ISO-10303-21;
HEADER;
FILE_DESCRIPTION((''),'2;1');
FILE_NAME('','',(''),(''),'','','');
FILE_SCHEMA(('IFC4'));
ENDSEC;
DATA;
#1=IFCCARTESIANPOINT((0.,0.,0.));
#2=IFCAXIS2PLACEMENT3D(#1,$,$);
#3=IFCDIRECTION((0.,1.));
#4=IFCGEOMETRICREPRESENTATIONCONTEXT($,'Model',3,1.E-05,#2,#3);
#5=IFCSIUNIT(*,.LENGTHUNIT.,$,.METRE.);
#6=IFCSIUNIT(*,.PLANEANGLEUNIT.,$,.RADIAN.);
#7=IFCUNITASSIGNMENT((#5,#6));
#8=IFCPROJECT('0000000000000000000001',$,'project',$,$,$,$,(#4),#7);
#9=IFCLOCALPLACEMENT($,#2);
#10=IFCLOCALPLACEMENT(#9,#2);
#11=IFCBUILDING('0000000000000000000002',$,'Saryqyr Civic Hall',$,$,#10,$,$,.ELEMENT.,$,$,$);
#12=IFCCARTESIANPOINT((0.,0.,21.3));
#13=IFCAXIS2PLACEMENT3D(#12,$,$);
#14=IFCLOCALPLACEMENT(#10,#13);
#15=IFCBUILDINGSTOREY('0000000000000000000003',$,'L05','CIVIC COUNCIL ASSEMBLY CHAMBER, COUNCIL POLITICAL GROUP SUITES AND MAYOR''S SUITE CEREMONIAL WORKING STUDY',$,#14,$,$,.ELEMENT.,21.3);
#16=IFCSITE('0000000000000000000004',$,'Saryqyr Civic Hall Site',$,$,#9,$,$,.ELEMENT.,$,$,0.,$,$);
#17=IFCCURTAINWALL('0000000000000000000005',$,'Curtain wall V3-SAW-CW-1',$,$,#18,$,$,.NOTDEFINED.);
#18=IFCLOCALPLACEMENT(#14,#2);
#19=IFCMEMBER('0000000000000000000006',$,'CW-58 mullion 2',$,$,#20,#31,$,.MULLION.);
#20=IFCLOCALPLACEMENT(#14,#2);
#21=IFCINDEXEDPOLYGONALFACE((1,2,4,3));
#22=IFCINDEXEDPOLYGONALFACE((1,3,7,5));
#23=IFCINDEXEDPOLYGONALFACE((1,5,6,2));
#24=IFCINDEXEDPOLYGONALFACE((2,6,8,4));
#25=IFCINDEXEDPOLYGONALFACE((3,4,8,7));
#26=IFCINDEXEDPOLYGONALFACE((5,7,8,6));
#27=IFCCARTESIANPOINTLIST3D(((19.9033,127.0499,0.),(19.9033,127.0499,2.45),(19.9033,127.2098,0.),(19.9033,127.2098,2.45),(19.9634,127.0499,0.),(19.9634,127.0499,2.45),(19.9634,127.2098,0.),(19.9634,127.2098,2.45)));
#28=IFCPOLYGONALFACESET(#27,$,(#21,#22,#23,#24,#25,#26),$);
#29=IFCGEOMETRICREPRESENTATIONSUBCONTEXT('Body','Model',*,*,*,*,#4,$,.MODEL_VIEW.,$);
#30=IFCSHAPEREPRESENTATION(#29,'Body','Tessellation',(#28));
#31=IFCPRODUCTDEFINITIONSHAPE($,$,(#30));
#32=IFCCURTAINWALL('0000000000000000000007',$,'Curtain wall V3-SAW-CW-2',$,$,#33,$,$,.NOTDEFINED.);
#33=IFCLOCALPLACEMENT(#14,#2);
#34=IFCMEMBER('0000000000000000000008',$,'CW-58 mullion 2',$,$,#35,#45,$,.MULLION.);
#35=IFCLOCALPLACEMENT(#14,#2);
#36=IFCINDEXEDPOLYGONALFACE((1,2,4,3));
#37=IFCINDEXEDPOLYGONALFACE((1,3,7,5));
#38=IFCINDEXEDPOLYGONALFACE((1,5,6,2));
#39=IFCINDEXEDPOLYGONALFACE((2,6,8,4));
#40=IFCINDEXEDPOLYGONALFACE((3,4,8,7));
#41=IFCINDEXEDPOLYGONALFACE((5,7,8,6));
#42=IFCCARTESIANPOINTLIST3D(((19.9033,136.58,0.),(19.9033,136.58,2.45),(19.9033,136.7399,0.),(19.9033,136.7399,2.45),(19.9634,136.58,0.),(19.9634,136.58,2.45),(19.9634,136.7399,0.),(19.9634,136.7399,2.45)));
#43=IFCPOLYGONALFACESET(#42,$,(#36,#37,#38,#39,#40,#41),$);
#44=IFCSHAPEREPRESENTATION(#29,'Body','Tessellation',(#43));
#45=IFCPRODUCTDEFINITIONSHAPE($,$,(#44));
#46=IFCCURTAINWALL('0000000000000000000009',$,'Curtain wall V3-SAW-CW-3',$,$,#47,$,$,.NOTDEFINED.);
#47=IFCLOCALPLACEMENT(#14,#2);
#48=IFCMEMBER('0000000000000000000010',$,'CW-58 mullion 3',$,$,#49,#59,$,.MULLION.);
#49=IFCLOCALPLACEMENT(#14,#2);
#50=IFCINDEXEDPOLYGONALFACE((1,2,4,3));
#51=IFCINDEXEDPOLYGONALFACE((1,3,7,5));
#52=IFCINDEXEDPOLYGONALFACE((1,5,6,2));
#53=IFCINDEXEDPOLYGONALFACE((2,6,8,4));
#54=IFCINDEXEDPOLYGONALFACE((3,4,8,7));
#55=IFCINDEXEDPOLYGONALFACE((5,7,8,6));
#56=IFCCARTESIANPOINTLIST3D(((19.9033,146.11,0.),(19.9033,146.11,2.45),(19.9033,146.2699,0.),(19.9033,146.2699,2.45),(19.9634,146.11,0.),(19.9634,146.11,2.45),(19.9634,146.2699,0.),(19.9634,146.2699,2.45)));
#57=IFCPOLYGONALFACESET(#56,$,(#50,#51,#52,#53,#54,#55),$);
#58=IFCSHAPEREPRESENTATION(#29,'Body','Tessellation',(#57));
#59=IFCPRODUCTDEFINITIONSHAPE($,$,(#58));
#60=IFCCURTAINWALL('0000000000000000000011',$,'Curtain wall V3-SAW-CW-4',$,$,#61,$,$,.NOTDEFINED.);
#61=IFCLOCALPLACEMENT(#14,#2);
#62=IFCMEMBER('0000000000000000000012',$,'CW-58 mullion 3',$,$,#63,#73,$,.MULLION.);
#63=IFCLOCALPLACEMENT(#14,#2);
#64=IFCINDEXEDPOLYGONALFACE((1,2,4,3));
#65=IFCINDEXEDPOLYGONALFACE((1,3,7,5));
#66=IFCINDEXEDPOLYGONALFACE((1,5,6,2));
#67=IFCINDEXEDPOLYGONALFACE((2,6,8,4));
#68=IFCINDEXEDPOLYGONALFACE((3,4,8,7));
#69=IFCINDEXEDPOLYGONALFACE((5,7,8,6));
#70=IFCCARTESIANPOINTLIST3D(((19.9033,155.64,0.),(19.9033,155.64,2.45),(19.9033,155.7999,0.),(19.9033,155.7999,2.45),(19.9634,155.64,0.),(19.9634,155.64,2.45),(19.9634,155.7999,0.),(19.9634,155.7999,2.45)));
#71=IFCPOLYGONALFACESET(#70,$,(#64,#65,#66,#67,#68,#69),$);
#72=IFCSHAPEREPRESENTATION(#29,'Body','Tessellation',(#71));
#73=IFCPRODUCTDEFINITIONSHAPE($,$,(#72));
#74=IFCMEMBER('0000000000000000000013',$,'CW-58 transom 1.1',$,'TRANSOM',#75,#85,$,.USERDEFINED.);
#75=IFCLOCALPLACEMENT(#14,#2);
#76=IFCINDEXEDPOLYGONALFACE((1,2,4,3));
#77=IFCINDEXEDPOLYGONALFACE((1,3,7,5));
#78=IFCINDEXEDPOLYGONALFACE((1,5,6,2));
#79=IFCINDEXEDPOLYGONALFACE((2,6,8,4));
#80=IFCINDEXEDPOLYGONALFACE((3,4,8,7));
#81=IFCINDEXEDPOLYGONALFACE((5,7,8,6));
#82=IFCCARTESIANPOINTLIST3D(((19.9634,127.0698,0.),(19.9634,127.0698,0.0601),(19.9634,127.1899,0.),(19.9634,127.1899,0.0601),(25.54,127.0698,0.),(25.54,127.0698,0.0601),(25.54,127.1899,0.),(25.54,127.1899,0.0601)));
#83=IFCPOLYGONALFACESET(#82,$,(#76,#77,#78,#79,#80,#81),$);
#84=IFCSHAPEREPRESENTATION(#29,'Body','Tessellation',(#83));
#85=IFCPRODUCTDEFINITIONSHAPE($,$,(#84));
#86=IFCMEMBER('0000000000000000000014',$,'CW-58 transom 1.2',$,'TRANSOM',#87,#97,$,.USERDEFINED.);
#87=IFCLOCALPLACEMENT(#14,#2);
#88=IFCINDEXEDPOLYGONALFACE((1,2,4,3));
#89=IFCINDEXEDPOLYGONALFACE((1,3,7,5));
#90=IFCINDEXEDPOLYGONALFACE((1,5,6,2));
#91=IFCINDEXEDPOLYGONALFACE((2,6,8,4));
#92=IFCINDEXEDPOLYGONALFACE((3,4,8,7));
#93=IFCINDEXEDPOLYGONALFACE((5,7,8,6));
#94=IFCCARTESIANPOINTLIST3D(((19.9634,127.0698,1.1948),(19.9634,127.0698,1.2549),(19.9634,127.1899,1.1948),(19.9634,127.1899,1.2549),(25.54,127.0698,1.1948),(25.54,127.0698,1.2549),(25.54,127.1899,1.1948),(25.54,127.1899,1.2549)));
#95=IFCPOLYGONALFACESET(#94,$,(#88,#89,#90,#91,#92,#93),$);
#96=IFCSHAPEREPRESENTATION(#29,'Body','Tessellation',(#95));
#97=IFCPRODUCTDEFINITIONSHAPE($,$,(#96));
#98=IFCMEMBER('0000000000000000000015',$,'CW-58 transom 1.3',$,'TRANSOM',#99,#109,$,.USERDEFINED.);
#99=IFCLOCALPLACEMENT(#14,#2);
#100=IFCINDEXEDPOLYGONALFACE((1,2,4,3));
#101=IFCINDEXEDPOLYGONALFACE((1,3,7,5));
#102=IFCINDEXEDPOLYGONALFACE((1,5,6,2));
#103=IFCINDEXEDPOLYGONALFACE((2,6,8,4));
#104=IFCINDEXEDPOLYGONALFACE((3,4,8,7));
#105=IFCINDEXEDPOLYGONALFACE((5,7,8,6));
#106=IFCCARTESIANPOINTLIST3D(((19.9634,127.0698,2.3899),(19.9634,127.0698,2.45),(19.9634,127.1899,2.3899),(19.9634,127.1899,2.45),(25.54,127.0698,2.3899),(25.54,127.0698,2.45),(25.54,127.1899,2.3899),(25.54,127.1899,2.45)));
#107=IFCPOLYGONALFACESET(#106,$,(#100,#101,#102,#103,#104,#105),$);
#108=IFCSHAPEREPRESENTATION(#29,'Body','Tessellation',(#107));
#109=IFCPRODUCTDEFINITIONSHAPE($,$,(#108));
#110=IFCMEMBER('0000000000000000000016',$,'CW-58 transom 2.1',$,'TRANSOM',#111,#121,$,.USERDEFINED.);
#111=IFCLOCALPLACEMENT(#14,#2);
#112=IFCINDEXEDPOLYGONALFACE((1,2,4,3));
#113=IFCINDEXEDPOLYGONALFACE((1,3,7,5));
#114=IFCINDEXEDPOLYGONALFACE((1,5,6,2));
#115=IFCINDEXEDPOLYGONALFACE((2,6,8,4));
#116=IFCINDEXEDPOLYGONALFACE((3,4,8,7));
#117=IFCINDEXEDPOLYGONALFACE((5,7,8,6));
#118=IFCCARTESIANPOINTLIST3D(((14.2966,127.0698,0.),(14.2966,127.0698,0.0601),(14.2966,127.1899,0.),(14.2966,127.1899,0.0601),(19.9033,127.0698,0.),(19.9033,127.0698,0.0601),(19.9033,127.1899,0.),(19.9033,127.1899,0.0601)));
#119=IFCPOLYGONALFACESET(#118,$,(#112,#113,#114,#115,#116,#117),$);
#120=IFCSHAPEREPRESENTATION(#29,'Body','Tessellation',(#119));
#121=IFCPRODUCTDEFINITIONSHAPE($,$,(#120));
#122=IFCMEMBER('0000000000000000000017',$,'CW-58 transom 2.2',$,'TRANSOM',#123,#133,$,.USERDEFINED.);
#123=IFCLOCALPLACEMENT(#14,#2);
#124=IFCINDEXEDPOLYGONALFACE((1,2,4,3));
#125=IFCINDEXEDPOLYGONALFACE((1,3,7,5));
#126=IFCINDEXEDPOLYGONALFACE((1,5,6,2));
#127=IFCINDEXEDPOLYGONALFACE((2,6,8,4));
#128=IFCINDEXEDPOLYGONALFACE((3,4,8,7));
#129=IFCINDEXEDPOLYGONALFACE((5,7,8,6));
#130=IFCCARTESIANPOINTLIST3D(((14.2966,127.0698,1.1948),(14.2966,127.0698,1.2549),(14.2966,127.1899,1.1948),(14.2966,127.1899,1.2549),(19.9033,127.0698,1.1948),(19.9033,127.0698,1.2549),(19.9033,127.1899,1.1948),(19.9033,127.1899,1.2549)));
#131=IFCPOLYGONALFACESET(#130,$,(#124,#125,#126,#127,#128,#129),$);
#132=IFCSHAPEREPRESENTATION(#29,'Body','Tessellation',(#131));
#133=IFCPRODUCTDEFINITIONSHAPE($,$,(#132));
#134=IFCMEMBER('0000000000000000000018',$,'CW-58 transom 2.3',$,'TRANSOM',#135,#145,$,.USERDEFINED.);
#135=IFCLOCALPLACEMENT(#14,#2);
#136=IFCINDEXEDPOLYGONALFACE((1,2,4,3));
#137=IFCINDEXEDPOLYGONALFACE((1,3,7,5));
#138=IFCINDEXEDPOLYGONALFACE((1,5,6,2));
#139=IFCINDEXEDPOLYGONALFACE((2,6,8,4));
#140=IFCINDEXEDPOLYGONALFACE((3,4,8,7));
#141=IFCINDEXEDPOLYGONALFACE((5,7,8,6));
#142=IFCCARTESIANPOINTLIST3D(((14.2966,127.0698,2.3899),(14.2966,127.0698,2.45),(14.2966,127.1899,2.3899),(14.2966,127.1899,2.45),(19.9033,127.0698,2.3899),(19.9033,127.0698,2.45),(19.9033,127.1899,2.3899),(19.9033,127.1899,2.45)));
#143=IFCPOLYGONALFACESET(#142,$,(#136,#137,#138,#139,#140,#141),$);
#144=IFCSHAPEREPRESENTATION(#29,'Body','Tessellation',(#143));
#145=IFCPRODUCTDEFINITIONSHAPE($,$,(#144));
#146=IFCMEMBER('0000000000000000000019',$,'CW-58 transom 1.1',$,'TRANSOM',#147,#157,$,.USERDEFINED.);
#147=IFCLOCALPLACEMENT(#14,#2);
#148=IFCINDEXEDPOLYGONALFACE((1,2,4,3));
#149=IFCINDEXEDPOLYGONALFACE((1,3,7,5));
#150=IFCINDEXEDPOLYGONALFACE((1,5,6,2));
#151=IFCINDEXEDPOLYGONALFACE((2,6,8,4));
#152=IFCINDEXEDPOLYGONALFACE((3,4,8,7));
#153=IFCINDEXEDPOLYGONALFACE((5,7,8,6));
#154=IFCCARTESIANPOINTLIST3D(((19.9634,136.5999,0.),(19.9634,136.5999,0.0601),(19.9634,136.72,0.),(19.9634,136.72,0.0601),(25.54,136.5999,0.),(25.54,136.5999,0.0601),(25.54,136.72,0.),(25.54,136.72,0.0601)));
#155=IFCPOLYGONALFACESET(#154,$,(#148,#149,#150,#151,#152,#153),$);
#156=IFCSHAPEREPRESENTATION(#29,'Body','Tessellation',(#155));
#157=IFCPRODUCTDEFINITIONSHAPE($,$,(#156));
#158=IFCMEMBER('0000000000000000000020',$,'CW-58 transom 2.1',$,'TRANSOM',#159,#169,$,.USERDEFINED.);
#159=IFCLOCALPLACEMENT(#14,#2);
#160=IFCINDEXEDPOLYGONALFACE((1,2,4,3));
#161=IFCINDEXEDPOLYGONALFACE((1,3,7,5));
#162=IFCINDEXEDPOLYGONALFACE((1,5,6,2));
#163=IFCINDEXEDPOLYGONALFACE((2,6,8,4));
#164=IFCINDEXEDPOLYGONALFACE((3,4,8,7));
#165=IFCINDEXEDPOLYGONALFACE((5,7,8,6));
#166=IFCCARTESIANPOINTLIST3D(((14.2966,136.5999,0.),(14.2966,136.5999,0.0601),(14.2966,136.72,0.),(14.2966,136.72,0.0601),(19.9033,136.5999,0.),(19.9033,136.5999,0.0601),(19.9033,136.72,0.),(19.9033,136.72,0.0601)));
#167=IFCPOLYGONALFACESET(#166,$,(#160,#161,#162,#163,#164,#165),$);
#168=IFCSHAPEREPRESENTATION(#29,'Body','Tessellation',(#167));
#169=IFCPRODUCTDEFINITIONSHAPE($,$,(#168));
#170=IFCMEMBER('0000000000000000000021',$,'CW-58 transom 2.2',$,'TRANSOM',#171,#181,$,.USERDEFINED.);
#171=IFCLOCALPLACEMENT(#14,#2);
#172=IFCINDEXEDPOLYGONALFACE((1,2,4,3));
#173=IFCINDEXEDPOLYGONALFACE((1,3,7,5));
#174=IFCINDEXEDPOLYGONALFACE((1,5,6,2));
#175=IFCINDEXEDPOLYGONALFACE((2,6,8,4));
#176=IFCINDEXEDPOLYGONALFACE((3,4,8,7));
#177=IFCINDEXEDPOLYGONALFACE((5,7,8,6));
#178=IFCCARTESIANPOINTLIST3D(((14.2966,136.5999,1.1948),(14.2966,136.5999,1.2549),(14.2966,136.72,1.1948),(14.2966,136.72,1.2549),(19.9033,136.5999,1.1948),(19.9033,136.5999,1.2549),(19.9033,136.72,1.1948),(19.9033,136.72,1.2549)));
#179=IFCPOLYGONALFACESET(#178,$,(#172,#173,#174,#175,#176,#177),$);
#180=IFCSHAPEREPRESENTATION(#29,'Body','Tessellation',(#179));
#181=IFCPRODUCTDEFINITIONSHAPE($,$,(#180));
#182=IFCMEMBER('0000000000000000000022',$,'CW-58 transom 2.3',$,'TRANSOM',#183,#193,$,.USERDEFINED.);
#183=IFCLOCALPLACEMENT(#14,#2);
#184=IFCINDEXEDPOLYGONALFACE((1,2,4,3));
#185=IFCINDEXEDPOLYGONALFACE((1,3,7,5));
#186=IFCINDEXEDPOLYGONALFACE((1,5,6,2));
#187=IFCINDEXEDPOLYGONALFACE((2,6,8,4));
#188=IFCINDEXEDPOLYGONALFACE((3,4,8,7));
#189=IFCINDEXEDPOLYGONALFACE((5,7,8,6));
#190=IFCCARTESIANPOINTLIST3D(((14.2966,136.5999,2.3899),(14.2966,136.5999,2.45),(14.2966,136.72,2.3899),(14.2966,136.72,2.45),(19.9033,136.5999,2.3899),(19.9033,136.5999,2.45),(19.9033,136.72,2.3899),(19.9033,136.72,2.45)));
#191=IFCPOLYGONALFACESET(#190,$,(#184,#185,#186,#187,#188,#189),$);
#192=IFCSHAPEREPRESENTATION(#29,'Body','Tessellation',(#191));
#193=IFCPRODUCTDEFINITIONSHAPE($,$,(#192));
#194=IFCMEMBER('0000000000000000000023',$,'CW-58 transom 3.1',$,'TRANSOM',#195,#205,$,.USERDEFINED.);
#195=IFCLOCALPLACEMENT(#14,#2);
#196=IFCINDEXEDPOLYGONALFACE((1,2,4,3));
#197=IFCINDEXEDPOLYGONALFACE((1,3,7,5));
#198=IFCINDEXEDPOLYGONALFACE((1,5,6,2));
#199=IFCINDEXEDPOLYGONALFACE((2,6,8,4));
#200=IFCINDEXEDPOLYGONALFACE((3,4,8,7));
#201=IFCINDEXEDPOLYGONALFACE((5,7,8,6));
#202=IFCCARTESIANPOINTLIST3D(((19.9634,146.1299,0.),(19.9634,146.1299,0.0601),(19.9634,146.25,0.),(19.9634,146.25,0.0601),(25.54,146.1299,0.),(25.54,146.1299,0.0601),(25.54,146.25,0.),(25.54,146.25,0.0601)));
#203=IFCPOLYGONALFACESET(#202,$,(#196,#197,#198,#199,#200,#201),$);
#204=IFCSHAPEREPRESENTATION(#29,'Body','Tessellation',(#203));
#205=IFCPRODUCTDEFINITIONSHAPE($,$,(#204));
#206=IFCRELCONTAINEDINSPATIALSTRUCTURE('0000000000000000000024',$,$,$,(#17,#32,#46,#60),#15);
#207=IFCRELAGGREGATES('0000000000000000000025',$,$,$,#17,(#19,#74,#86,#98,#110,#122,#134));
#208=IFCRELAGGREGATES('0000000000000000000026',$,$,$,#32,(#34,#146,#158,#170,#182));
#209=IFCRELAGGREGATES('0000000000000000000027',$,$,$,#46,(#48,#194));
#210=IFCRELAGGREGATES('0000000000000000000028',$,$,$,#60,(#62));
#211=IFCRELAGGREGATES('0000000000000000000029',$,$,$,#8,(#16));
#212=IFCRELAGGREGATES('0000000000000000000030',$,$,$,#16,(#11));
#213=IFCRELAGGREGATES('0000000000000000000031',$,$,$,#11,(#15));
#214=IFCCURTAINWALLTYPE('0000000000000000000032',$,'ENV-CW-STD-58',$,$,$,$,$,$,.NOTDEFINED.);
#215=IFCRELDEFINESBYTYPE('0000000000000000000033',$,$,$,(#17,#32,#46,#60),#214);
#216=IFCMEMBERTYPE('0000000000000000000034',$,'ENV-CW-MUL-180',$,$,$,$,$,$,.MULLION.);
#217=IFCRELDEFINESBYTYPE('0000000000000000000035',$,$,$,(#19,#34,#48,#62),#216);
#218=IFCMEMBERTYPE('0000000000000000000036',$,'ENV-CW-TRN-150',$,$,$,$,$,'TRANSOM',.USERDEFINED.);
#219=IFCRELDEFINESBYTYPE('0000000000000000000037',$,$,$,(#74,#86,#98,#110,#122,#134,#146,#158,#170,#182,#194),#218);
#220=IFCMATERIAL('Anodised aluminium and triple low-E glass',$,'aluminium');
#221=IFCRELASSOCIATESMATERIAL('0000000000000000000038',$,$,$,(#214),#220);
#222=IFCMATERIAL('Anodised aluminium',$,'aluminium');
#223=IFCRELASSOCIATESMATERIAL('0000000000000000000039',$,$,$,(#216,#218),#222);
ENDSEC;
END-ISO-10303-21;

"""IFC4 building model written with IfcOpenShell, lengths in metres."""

from ifc_helpers import new_model, si_unit, direction, frame, origin, origin_2d, place, context, subcontext, project, spatial, rectangle, extrude, material, material_profile, profile_set, type_object, element, aggregate, save


model = new_model("IFC4")

# Units and contexts
model_context = context("Model", 3, precision=1e-05, world=origin(), true_north=direction((0.0, 1.0)))
body_context = subcontext(model_context, "Body", "Model", "MODEL_VIEW")
ifc_project = project(units=[si_unit("LENGTHUNIT", "METRE"), si_unit("PLANEANGLEUNIT", "RADIAN")], contexts=[model_context])

# Site, building, storey
site_placement = place(None, origin())
site = spatial("IfcSite", under=ifc_project, at=site_placement, Name="Saryqyr Civic Hall Site", CompositionType="ELEMENT", RefElevation=0.0)
building_placement = place(site_placement, origin())
building = spatial("IfcBuilding", under=site, at=building_placement, Name="Saryqyr Civic Hall", CompositionType="ELEMENT")
storey_placement = place(building_placement, frame((0.0, 0.0, 21.3)))
storey = spatial("IfcBuildingStorey", under=building, at=storey_placement, Name="L05", Description="CIVIC COUNCIL ASSEMBLY CHAMBER, COUNCIL POLITICAL GROUP SUITES AND MAYOR'S SUITE CEREMONIAL WORKING STUDY", CompositionType="ELEMENT", Elevation=21.3)

# Curtain walls, members
ifc_material_1 = material(Name="Anodised aluminium and triple low-E glass", Category="aluminium")
curtain_wall_type = type_object("IfcCurtainWallType", Name="ENV-CW-STD-58", PredefinedType="NOTDEFINED", material=ifc_material_1)
curtain_wall_1_placement = place(storey_placement, origin())
curtain_wall_1 = element("IfcCurtainWall", 1, at=curtain_wall_1_placement, inside=storey, type_object=curtain_wall_type, Name="Curtain wall V3-SAW-CW-1", PredefinedType="NOTDEFINED")
ifc_material_2 = material(Name="Anodised aluminium", Category="aluminium")
ifc_material_profile_1 = material_profile(ifc_material_2, rectangle(XDim=0.0601, YDim=0.1599, at=origin_2d()), Name="ALU MULLION 60x160")
ifc_profile_set_1 = profile_set([ifc_material_profile_1], Name="Anodised aluminium")
member_type_1 = type_object("IfcMemberType", Name="ENV-CW-MUL-180", PredefinedType="MULLION", material=ifc_profile_set_1)
member_1_placement = place(storey_placement, frame((19.9333, 127.1299, 0.0), z_axis=(0.0, 0.0, 1.0), x_axis=(-1.0, 0.0, 0.0)))
member_1 = element("IfcMember", 2, at=member_1_placement, type_object=member_type_1, Name="CW-58 mullion 2", PredefinedType="MULLION", context=body_context, shape_type="SweptSolid", body=[
    extrude(rectangle(XDim=0.0601, YDim=0.1599, at=origin_2d()), origin(), (0.0, 0.0, 1.0), 2.45),
])
curtain_wall_2_placement = place(storey_placement, origin())
curtain_wall_2 = element("IfcCurtainWall", 3, at=curtain_wall_2_placement, inside=storey, type_object=curtain_wall_type, Name="Curtain wall V3-SAW-CW-2", PredefinedType="NOTDEFINED")
member_2_placement = place(storey_placement, frame((19.9333, 136.6599, 0.0), z_axis=(0.0, 0.0, 1.0), x_axis=(-1.0, 0.0, 0.0)))
member_2 = element("IfcMember", 4, at=member_2_placement, type_object=member_type_1, Name="CW-58 mullion 2", PredefinedType="MULLION", context=body_context, shape_type="SweptSolid", body=[
    extrude(rectangle(XDim=0.0601, YDim=0.1599, at=origin_2d()), origin(), (0.0, 0.0, 1.0), 2.45),
])
curtain_wall_3_placement = place(storey_placement, origin())
curtain_wall_3 = element("IfcCurtainWall", 5, at=curtain_wall_3_placement, inside=storey, type_object=curtain_wall_type, Name="Curtain wall V3-SAW-CW-3", PredefinedType="NOTDEFINED")
member_3_placement = place(storey_placement, frame((19.9333, 146.1899, 0.0), z_axis=(0.0, 0.0, 1.0), x_axis=(1.0, 0.0, 0.0)))
member_3 = element("IfcMember", 6, at=member_3_placement, type_object=member_type_1, Name="CW-58 mullion 3", PredefinedType="MULLION", context=body_context, shape_type="SweptSolid", body=[
    extrude(rectangle(XDim=0.0601, YDim=0.1599, at=origin_2d()), origin(), (0.0, 0.0, 1.0), 2.45),
])
curtain_wall_4_placement = place(storey_placement, origin())
curtain_wall_4 = element("IfcCurtainWall", 7, at=curtain_wall_4_placement, inside=storey, type_object=curtain_wall_type, Name="Curtain wall V3-SAW-CW-4", PredefinedType="NOTDEFINED")
member_4_placement = place(storey_placement, frame((19.9333, 155.72, 0.0), z_axis=(0.0, 0.0, 1.0), x_axis=(1.0, 0.0, 0.0)))
member_4 = element("IfcMember", 8, at=member_4_placement, type_object=member_type_1, Name="CW-58 mullion 3", PredefinedType="MULLION", context=body_context, shape_type="SweptSolid", body=[
    extrude(rectangle(XDim=0.0601, YDim=0.1599, at=origin_2d()), origin(), (0.0, 0.0, 1.0), 2.45),
])

# Members
ifc_material_profile_2 = material_profile(ifc_material_2, rectangle(XDim=0.1201, YDim=0.0601, at=origin_2d()), Name="ALU TRANSOM 120x60")
ifc_profile_set_2 = profile_set([ifc_material_profile_2], Name="Anodised aluminium")
member_type_2 = type_object("IfcMemberType", Name="ENV-CW-TRN-150", ElementType="TRANSOM", PredefinedType="USERDEFINED", material=ifc_profile_set_2)
member_5_placement = place(storey_placement, frame((25.54, 127.1299, 0.03), z_axis=(-1.0, 0.0, 0.0), x_axis=(0.0, -1.0, 0.0)))
member_5 = element("IfcMember", 9, at=member_5_placement, type_object=member_type_2, Name="CW-58 transom 1.1", ObjectType="TRANSOM", PredefinedType="USERDEFINED", context=body_context, shape_type="SweptSolid", body=[
    extrude(rectangle(XDim=0.1201, YDim=0.0601, at=origin_2d()), origin(), (0.0, 0.0, 1.0), 5.5767),
])
member_6_placement = place(storey_placement, frame((25.54, 127.1299, 1.2249), z_axis=(-1.0, 0.0, 0.0), x_axis=(0.0, -1.0, 0.0)))
member_6 = element("IfcMember", 10, at=member_6_placement, type_object=member_type_2, Name="CW-58 transom 1.2", ObjectType="TRANSOM", PredefinedType="USERDEFINED", context=body_context, shape_type="SweptSolid", body=[
    extrude(rectangle(XDim=0.1201, YDim=0.0601, at=origin_2d()), origin(), (0.0, 0.0, 1.0), 5.5767),
])
member_7_placement = place(storey_placement, frame((25.54, 127.1299, 2.4199), z_axis=(-1.0, 0.0, 0.0), x_axis=(0.0, -1.0, 0.0)))
member_7 = element("IfcMember", 11, at=member_7_placement, type_object=member_type_2, Name="CW-58 transom 1.3", ObjectType="TRANSOM", PredefinedType="USERDEFINED", context=body_context, shape_type="SweptSolid", body=[
    extrude(rectangle(XDim=0.1201, YDim=0.0601, at=origin_2d()), origin(), (0.0, 0.0, 1.0), 5.5767),
])
member_8_placement = place(storey_placement, frame((19.9033, 127.1299, 0.03), z_axis=(-1.0, 0.0, 0.0), x_axis=(0.0, -1.0, 0.0)))
member_8 = element("IfcMember", 12, at=member_8_placement, type_object=member_type_2, Name="CW-58 transom 2.1", ObjectType="TRANSOM", PredefinedType="USERDEFINED", context=body_context, shape_type="SweptSolid", body=[
    extrude(rectangle(XDim=0.1201, YDim=0.0601, at=origin_2d()), origin(), (0.0, 0.0, 1.0), 5.6067),
])
member_9_placement = place(storey_placement, frame((19.9033, 127.1299, 1.2249), z_axis=(-1.0, 0.0, 0.0), x_axis=(0.0, -1.0, 0.0)))
member_9 = element("IfcMember", 13, at=member_9_placement, type_object=member_type_2, Name="CW-58 transom 2.2", ObjectType="TRANSOM", PredefinedType="USERDEFINED", context=body_context, shape_type="SweptSolid", body=[
    extrude(rectangle(XDim=0.1201, YDim=0.0601, at=origin_2d()), origin(), (0.0, 0.0, 1.0), 5.6067),
])
member_10_placement = place(storey_placement, frame((19.9033, 127.1299, 2.4199), z_axis=(-1.0, 0.0, 0.0), x_axis=(0.0, -1.0, 0.0)))
member_10 = element("IfcMember", 14, at=member_10_placement, type_object=member_type_2, Name="CW-58 transom 2.3", ObjectType="TRANSOM", PredefinedType="USERDEFINED", context=body_context, shape_type="SweptSolid", body=[
    extrude(rectangle(XDim=0.1201, YDim=0.0601, at=origin_2d()), origin(), (0.0, 0.0, 1.0), 5.6067),
])
member_11_placement = place(storey_placement, frame((25.54, 136.6599, 0.03), z_axis=(-1.0, 0.0, 0.0), x_axis=(0.0, -1.0, 0.0)))
member_11 = element("IfcMember", 15, at=member_11_placement, type_object=member_type_2, Name="CW-58 transom 1.1", ObjectType="TRANSOM", PredefinedType="USERDEFINED", context=body_context, shape_type="SweptSolid", body=[
    extrude(rectangle(XDim=0.1201, YDim=0.0601, at=origin_2d()), origin(), (0.0, 0.0, 1.0), 5.5767),
])
member_12_placement = place(storey_placement, frame((19.9033, 136.6599, 0.03), z_axis=(-1.0, 0.0, 0.0), x_axis=(0.0, -1.0, 0.0)))
member_12 = element("IfcMember", 16, at=member_12_placement, type_object=member_type_2, Name="CW-58 transom 2.1", ObjectType="TRANSOM", PredefinedType="USERDEFINED", context=body_context, shape_type="SweptSolid", body=[
    extrude(rectangle(XDim=0.1201, YDim=0.0601, at=origin_2d()), origin(), (0.0, 0.0, 1.0), 5.6067),
])
member_13_placement = place(storey_placement, frame((19.9033, 136.6599, 1.2249), z_axis=(-1.0, 0.0, 0.0), x_axis=(0.0, -1.0, 0.0)))
member_13 = element("IfcMember", 17, at=member_13_placement, type_object=member_type_2, Name="CW-58 transom 2.2", ObjectType="TRANSOM", PredefinedType="USERDEFINED", context=body_context, shape_type="SweptSolid", body=[
    extrude(rectangle(XDim=0.1201, YDim=0.0601, at=origin_2d()), origin(), (0.0, 0.0, 1.0), 5.6067),
])
member_14_placement = place(storey_placement, frame((19.9033, 136.6599, 2.4199), z_axis=(-1.0, 0.0, 0.0), x_axis=(0.0, -1.0, 0.0)))
member_14 = element("IfcMember", 18, at=member_14_placement, type_object=member_type_2, Name="CW-58 transom 2.3", ObjectType="TRANSOM", PredefinedType="USERDEFINED", context=body_context, shape_type="SweptSolid", body=[
    extrude(rectangle(XDim=0.1201, YDim=0.0601, at=origin_2d()), origin(), (0.0, 0.0, 1.0), 5.6067),
])
member_15_placement = place(storey_placement, frame((19.9634, 146.1899, 0.03), z_axis=(1.0, 0.0, 0.0), x_axis=(0.0, 1.0, 0.0)))
member_15 = element("IfcMember", 19, at=member_15_placement, type_object=member_type_2, Name="CW-58 transom 3.1", ObjectType="TRANSOM", PredefinedType="USERDEFINED", context=body_context, shape_type="SweptSolid", body=[
    extrude(rectangle(XDim=0.1201, YDim=0.0601, at=origin_2d()), origin(), (0.0, 0.0, 1.0), 5.5767),
])

aggregate(curtain_wall_1, [member_1, member_5, member_6, member_7, member_8, member_9, member_10])
aggregate(curtain_wall_2, [member_2, member_11, member_12, member_13, member_14])
aggregate(curtain_wall_3, [member_3, member_15])
aggregate(curtain_wall_4, [member_4])

save(model, "model.ifc")
